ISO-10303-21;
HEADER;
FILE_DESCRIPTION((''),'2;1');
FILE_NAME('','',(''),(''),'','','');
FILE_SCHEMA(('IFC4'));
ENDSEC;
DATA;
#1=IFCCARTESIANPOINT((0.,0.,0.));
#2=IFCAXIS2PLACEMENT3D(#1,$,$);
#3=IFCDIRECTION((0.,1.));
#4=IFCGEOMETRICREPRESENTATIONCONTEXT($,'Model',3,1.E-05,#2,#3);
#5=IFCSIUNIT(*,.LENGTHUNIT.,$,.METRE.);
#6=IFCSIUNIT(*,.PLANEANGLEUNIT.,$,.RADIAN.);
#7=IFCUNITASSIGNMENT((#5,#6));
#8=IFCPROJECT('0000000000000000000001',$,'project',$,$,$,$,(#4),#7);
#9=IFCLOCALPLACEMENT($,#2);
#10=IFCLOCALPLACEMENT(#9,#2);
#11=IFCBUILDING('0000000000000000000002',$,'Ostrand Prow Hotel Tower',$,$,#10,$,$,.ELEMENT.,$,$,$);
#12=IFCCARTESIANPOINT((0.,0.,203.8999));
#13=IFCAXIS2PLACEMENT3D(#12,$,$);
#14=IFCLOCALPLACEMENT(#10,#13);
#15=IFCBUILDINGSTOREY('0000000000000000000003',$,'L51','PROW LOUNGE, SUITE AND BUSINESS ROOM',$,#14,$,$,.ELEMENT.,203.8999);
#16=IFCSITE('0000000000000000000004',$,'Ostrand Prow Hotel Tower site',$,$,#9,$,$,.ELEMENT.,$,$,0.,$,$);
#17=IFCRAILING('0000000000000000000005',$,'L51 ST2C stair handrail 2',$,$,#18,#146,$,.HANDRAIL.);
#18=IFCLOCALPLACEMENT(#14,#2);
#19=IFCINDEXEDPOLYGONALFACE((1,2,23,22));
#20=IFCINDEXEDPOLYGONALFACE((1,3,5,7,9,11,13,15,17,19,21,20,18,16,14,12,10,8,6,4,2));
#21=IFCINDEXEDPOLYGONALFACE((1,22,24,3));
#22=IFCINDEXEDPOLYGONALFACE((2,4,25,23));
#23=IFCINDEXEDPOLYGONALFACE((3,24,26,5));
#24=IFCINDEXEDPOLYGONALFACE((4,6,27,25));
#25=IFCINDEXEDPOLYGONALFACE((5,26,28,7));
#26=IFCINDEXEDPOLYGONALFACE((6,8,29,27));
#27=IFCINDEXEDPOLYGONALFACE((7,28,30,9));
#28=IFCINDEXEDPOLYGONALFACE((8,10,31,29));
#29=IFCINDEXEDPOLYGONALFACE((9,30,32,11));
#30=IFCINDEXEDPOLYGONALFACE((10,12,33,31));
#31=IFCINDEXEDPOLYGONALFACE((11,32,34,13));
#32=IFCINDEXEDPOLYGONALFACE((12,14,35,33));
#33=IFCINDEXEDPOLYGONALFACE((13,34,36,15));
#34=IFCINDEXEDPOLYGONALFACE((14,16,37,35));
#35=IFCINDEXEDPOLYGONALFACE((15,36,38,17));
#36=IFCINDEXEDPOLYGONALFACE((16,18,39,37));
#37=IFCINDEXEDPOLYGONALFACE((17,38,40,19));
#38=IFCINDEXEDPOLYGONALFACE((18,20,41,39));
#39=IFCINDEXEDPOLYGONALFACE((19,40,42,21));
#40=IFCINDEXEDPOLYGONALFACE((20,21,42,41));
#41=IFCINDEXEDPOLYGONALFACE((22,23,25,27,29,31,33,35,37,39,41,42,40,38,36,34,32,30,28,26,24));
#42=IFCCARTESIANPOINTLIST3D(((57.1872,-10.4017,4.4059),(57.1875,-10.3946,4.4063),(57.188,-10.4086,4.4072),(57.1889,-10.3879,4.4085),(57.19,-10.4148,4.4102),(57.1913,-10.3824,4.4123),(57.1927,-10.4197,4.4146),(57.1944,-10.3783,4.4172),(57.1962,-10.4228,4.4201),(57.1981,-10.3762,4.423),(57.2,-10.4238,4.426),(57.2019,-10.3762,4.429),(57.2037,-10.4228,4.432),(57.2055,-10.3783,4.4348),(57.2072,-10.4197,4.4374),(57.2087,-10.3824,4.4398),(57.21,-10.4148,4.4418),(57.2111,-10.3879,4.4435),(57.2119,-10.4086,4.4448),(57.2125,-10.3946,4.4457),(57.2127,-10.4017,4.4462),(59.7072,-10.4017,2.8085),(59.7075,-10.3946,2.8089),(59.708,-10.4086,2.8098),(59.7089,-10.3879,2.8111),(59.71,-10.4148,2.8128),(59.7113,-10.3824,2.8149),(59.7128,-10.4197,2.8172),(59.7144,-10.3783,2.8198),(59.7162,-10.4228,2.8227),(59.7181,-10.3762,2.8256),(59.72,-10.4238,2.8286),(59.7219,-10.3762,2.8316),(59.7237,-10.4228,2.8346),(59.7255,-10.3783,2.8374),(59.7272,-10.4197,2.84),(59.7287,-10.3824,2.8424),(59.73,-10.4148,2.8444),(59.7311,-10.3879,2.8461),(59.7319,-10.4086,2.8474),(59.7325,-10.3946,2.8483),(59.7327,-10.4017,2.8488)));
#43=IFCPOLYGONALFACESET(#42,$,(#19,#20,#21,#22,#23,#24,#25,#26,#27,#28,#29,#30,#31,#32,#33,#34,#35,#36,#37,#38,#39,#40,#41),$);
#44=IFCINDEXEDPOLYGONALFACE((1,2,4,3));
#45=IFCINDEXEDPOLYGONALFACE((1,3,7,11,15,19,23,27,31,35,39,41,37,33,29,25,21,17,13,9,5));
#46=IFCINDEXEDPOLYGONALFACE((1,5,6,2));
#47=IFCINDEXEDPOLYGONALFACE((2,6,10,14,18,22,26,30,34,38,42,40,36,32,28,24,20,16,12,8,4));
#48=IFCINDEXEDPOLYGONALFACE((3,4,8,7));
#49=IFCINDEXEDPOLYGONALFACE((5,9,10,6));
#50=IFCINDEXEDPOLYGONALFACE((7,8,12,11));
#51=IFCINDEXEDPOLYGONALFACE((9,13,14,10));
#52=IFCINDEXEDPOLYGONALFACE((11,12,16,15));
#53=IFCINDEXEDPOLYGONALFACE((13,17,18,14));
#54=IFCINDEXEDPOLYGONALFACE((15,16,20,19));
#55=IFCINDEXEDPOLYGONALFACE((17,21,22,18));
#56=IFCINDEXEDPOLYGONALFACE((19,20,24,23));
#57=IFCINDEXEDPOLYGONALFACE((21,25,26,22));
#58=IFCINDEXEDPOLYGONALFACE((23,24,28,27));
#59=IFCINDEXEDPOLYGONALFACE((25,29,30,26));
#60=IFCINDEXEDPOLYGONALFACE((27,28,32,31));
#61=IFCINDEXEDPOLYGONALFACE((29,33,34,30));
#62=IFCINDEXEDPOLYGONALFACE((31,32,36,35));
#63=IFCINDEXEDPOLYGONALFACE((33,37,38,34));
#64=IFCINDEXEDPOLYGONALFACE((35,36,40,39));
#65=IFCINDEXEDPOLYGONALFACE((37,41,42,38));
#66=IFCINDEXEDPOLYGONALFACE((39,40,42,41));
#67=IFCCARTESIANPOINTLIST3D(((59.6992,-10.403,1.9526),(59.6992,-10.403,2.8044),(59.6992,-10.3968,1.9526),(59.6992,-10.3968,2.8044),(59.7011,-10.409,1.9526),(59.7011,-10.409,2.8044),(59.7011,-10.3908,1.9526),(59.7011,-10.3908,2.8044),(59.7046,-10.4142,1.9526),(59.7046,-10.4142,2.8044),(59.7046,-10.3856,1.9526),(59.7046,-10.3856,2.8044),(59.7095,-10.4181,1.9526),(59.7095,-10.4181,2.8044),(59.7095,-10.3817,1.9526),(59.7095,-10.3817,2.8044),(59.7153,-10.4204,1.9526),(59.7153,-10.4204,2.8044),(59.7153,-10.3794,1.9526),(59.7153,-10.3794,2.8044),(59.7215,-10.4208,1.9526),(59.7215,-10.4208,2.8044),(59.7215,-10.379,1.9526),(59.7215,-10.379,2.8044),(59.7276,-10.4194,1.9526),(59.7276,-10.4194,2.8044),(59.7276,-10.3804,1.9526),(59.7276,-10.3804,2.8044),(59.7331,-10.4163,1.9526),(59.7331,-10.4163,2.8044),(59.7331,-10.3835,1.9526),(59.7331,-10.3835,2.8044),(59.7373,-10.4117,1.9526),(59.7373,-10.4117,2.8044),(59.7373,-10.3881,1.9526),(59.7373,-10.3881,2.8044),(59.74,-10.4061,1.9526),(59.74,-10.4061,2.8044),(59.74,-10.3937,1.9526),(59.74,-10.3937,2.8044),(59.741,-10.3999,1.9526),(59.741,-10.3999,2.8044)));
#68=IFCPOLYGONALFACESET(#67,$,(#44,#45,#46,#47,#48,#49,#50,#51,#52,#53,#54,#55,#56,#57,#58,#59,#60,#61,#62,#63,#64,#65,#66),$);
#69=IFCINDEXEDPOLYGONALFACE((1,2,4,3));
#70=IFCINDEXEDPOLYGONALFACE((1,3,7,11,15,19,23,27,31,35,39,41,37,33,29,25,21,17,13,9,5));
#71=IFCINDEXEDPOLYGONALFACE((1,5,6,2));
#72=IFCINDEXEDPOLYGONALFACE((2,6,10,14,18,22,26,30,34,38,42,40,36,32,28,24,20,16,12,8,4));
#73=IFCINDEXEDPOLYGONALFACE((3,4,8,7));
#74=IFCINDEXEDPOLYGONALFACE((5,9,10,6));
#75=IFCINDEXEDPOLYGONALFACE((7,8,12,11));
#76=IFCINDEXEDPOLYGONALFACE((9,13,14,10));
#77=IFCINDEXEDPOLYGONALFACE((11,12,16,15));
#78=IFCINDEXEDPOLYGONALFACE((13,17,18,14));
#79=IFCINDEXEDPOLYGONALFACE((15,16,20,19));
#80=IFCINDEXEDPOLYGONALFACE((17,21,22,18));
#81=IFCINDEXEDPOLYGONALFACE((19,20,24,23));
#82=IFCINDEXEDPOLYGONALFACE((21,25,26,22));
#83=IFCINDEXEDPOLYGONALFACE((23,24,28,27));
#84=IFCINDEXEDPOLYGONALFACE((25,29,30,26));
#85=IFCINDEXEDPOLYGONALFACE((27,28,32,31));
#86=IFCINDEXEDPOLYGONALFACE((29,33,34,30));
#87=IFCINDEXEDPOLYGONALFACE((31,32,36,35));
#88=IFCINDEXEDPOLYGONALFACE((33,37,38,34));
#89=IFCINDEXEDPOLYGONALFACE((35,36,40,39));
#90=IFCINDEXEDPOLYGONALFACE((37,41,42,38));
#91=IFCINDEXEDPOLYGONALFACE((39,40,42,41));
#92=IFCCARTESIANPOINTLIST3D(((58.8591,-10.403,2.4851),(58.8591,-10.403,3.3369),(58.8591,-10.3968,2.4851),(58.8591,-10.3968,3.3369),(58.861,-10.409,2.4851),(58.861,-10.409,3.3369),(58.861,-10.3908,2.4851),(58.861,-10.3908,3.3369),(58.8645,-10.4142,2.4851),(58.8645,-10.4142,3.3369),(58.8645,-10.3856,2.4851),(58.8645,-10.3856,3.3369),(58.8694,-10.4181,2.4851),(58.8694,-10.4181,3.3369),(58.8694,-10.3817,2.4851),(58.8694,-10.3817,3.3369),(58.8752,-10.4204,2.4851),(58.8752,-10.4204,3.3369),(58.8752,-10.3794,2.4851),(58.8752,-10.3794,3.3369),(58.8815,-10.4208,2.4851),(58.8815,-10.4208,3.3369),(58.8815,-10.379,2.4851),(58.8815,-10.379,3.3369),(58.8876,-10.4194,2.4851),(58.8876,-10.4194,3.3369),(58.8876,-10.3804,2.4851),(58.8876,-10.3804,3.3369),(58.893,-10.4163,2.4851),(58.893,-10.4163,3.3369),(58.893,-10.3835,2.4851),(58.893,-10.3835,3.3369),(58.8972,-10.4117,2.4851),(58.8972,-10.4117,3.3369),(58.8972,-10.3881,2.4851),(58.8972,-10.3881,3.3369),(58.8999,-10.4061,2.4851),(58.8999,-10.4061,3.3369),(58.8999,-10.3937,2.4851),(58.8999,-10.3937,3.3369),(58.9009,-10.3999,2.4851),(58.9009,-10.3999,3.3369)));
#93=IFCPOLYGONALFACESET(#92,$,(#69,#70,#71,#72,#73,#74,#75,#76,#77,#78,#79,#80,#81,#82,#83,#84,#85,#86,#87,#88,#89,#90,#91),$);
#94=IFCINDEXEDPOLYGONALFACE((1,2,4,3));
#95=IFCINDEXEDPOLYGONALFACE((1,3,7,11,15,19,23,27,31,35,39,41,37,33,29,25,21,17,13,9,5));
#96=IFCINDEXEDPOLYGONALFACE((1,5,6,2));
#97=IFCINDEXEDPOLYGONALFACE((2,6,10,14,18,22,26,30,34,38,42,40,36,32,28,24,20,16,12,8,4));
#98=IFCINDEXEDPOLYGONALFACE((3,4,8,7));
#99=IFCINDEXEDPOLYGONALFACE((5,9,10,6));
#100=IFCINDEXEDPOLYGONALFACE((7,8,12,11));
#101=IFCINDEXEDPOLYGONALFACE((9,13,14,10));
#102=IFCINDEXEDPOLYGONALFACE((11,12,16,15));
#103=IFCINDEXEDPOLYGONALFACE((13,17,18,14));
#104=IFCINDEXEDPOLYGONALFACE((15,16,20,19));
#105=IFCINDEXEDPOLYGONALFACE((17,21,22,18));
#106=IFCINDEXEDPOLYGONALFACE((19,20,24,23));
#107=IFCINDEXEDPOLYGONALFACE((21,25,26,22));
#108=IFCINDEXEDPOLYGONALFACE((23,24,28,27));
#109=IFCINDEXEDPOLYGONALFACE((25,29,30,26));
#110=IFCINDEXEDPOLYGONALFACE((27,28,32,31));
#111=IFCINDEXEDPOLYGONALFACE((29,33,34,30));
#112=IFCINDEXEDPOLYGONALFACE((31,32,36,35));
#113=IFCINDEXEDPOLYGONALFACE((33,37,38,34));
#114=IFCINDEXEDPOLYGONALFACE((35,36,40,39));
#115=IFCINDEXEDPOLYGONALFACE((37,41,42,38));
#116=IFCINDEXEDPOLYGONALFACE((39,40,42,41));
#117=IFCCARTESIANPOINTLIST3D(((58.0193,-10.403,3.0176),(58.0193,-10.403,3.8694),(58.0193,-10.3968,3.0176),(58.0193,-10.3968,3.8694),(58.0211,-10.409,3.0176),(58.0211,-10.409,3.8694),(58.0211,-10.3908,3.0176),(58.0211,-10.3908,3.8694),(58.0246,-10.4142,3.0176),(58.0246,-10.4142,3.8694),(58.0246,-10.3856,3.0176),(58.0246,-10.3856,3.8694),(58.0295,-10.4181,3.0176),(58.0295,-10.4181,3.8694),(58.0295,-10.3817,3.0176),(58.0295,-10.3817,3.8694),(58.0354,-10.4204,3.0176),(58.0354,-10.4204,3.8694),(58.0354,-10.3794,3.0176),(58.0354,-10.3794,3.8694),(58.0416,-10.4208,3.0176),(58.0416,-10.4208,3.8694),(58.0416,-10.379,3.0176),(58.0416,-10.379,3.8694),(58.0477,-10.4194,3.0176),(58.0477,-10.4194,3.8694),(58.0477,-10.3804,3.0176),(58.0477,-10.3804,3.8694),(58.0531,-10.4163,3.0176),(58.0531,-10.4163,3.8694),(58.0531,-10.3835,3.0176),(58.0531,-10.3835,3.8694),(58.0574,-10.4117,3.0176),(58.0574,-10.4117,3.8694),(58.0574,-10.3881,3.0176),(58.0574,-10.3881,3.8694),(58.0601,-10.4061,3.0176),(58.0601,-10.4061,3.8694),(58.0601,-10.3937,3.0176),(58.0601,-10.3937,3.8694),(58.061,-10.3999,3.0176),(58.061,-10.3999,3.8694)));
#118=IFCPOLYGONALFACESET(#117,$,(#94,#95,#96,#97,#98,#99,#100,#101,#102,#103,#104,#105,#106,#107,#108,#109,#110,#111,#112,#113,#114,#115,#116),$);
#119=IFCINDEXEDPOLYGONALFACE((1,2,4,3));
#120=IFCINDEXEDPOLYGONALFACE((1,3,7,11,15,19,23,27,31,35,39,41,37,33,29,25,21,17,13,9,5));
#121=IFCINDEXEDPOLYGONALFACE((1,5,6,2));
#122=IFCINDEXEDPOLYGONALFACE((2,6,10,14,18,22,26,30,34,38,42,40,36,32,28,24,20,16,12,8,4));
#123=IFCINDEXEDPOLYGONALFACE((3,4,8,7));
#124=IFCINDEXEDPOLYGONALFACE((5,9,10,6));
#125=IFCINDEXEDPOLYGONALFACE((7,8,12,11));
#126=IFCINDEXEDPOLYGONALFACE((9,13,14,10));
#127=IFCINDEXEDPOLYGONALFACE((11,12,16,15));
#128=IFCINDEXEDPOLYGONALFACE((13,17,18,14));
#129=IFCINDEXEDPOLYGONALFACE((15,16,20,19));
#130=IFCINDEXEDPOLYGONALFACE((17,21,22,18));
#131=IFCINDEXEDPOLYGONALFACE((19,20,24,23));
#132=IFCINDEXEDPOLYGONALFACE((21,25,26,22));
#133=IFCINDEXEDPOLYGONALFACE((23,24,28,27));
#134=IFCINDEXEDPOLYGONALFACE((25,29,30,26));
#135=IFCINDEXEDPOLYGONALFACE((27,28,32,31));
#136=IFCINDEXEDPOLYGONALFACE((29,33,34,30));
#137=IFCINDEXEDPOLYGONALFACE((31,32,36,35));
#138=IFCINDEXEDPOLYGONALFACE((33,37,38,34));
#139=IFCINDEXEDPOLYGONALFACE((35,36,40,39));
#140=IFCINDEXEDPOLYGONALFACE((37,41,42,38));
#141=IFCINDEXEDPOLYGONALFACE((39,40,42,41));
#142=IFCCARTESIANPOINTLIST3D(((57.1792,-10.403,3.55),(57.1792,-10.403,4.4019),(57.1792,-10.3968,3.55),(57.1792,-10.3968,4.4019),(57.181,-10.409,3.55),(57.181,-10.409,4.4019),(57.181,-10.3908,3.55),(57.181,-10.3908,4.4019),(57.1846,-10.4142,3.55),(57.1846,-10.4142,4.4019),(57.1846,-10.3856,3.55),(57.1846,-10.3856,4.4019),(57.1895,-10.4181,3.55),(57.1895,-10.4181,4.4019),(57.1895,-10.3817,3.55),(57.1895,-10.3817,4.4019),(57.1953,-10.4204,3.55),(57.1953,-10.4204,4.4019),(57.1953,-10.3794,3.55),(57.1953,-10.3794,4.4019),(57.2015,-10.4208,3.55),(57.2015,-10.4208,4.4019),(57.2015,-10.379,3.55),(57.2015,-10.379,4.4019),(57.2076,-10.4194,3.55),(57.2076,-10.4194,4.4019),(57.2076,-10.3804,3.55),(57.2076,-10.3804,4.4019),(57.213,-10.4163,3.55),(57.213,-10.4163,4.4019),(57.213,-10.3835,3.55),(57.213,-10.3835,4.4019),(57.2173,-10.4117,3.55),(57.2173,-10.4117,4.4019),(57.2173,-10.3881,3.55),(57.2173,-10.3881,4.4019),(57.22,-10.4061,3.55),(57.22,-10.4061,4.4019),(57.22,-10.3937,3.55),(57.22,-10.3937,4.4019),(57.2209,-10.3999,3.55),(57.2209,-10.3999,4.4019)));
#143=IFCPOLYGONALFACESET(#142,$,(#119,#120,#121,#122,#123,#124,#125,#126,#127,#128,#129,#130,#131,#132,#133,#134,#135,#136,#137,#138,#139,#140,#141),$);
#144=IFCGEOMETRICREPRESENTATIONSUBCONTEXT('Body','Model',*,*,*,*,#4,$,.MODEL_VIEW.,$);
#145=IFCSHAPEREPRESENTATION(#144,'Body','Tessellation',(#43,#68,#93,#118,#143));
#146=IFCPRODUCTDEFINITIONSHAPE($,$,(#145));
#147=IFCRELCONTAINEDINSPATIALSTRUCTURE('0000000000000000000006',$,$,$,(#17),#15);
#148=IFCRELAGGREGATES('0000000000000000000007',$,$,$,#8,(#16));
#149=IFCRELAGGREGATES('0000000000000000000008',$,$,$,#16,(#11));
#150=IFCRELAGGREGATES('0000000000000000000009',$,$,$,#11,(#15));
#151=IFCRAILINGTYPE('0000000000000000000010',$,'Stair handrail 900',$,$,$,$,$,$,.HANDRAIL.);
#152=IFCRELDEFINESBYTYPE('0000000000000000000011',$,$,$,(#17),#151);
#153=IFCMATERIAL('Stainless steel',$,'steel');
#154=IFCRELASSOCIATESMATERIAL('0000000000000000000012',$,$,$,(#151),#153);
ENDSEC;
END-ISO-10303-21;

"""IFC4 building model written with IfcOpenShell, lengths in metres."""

from ifc_helpers import new_model, si_unit, direction, frame, origin, origin_2d, place, context, subcontext, project, spatial, circle, extrude, material, type_object, element, save


model = new_model("IFC4")

# Units and contexts
model_context = context("Model", 3, precision=1e-05, world=origin(), true_north=direction((0.0, 1.0)))
body_context = subcontext(model_context, "Body", "Model", "MODEL_VIEW")
ifc_project = project(units=[si_unit("LENGTHUNIT", "METRE"), si_unit("PLANEANGLEUNIT", "RADIAN")], contexts=[model_context])

# Site, building, storey
site_placement = place(None, origin())
site = spatial("IfcSite", under=ifc_project, at=site_placement, Name="Ostrand Prow Hotel Tower site", CompositionType="ELEMENT", RefElevation=0.0)
building_placement = place(site_placement, origin())
building = spatial("IfcBuilding", under=site, at=building_placement, Name="Ostrand Prow Hotel Tower", CompositionType="ELEMENT")
storey_placement = place(building_placement, frame((0.0, 0.0, 203.8999)))
storey = spatial("IfcBuildingStorey", under=building, at=storey_placement, Name="L51", Description="PROW LOUNGE, SUITE AND BUSINESS ROOM", CompositionType="ELEMENT", Elevation=203.8999)

# Railing
ifc_material_1 = material(Name="Stainless steel", Category="steel")
railing_type_1 = type_object("IfcRailingType", Name="Stair handrail 900", PredefinedType="HANDRAIL", material=ifc_material_1)
railing_1_placement = place(storey_placement, frame((59.72, -10.3999, 1.9526)))
element("IfcRailing", 1, at=railing_1_placement, inside=storey, type_object=railing_type_1, Name="L51 ST2C stair handrail 2", PredefinedType="HANDRAIL", context=body_context, shape_type="SweptSolid", body=[
    extrude(circle(Radius=0.0239, at=origin_2d()), frame((0.0, 0.0, 0.876), z_axis=(-0.844607, 0.0, 0.535387), x_axis=(0.0, -1.0, 0.0)), (0.0, 0.0, 1.0), 2.9836),
    extrude(circle(Radius=0.021, at=origin_2d()), origin(), (0.0, 0.0, 1.0), 0.8518),
    extrude(circle(Radius=0.021, at=origin_2d()), frame((-0.8401, 0.0, 0.5325)), (0.0, 0.0, 1.0), 0.8518),
    extrude(circle(Radius=0.021, at=origin_2d()), frame((-1.6799, 0.0, 1.0649)), (0.0, 0.0, 1.0), 0.8518),
    extrude(circle(Radius=0.021, at=origin_2d()), frame((-2.52, 0.0, 1.5974)), (0.0, 0.0, 1.0), 0.8518),
])

save(model, "model.ifc")
